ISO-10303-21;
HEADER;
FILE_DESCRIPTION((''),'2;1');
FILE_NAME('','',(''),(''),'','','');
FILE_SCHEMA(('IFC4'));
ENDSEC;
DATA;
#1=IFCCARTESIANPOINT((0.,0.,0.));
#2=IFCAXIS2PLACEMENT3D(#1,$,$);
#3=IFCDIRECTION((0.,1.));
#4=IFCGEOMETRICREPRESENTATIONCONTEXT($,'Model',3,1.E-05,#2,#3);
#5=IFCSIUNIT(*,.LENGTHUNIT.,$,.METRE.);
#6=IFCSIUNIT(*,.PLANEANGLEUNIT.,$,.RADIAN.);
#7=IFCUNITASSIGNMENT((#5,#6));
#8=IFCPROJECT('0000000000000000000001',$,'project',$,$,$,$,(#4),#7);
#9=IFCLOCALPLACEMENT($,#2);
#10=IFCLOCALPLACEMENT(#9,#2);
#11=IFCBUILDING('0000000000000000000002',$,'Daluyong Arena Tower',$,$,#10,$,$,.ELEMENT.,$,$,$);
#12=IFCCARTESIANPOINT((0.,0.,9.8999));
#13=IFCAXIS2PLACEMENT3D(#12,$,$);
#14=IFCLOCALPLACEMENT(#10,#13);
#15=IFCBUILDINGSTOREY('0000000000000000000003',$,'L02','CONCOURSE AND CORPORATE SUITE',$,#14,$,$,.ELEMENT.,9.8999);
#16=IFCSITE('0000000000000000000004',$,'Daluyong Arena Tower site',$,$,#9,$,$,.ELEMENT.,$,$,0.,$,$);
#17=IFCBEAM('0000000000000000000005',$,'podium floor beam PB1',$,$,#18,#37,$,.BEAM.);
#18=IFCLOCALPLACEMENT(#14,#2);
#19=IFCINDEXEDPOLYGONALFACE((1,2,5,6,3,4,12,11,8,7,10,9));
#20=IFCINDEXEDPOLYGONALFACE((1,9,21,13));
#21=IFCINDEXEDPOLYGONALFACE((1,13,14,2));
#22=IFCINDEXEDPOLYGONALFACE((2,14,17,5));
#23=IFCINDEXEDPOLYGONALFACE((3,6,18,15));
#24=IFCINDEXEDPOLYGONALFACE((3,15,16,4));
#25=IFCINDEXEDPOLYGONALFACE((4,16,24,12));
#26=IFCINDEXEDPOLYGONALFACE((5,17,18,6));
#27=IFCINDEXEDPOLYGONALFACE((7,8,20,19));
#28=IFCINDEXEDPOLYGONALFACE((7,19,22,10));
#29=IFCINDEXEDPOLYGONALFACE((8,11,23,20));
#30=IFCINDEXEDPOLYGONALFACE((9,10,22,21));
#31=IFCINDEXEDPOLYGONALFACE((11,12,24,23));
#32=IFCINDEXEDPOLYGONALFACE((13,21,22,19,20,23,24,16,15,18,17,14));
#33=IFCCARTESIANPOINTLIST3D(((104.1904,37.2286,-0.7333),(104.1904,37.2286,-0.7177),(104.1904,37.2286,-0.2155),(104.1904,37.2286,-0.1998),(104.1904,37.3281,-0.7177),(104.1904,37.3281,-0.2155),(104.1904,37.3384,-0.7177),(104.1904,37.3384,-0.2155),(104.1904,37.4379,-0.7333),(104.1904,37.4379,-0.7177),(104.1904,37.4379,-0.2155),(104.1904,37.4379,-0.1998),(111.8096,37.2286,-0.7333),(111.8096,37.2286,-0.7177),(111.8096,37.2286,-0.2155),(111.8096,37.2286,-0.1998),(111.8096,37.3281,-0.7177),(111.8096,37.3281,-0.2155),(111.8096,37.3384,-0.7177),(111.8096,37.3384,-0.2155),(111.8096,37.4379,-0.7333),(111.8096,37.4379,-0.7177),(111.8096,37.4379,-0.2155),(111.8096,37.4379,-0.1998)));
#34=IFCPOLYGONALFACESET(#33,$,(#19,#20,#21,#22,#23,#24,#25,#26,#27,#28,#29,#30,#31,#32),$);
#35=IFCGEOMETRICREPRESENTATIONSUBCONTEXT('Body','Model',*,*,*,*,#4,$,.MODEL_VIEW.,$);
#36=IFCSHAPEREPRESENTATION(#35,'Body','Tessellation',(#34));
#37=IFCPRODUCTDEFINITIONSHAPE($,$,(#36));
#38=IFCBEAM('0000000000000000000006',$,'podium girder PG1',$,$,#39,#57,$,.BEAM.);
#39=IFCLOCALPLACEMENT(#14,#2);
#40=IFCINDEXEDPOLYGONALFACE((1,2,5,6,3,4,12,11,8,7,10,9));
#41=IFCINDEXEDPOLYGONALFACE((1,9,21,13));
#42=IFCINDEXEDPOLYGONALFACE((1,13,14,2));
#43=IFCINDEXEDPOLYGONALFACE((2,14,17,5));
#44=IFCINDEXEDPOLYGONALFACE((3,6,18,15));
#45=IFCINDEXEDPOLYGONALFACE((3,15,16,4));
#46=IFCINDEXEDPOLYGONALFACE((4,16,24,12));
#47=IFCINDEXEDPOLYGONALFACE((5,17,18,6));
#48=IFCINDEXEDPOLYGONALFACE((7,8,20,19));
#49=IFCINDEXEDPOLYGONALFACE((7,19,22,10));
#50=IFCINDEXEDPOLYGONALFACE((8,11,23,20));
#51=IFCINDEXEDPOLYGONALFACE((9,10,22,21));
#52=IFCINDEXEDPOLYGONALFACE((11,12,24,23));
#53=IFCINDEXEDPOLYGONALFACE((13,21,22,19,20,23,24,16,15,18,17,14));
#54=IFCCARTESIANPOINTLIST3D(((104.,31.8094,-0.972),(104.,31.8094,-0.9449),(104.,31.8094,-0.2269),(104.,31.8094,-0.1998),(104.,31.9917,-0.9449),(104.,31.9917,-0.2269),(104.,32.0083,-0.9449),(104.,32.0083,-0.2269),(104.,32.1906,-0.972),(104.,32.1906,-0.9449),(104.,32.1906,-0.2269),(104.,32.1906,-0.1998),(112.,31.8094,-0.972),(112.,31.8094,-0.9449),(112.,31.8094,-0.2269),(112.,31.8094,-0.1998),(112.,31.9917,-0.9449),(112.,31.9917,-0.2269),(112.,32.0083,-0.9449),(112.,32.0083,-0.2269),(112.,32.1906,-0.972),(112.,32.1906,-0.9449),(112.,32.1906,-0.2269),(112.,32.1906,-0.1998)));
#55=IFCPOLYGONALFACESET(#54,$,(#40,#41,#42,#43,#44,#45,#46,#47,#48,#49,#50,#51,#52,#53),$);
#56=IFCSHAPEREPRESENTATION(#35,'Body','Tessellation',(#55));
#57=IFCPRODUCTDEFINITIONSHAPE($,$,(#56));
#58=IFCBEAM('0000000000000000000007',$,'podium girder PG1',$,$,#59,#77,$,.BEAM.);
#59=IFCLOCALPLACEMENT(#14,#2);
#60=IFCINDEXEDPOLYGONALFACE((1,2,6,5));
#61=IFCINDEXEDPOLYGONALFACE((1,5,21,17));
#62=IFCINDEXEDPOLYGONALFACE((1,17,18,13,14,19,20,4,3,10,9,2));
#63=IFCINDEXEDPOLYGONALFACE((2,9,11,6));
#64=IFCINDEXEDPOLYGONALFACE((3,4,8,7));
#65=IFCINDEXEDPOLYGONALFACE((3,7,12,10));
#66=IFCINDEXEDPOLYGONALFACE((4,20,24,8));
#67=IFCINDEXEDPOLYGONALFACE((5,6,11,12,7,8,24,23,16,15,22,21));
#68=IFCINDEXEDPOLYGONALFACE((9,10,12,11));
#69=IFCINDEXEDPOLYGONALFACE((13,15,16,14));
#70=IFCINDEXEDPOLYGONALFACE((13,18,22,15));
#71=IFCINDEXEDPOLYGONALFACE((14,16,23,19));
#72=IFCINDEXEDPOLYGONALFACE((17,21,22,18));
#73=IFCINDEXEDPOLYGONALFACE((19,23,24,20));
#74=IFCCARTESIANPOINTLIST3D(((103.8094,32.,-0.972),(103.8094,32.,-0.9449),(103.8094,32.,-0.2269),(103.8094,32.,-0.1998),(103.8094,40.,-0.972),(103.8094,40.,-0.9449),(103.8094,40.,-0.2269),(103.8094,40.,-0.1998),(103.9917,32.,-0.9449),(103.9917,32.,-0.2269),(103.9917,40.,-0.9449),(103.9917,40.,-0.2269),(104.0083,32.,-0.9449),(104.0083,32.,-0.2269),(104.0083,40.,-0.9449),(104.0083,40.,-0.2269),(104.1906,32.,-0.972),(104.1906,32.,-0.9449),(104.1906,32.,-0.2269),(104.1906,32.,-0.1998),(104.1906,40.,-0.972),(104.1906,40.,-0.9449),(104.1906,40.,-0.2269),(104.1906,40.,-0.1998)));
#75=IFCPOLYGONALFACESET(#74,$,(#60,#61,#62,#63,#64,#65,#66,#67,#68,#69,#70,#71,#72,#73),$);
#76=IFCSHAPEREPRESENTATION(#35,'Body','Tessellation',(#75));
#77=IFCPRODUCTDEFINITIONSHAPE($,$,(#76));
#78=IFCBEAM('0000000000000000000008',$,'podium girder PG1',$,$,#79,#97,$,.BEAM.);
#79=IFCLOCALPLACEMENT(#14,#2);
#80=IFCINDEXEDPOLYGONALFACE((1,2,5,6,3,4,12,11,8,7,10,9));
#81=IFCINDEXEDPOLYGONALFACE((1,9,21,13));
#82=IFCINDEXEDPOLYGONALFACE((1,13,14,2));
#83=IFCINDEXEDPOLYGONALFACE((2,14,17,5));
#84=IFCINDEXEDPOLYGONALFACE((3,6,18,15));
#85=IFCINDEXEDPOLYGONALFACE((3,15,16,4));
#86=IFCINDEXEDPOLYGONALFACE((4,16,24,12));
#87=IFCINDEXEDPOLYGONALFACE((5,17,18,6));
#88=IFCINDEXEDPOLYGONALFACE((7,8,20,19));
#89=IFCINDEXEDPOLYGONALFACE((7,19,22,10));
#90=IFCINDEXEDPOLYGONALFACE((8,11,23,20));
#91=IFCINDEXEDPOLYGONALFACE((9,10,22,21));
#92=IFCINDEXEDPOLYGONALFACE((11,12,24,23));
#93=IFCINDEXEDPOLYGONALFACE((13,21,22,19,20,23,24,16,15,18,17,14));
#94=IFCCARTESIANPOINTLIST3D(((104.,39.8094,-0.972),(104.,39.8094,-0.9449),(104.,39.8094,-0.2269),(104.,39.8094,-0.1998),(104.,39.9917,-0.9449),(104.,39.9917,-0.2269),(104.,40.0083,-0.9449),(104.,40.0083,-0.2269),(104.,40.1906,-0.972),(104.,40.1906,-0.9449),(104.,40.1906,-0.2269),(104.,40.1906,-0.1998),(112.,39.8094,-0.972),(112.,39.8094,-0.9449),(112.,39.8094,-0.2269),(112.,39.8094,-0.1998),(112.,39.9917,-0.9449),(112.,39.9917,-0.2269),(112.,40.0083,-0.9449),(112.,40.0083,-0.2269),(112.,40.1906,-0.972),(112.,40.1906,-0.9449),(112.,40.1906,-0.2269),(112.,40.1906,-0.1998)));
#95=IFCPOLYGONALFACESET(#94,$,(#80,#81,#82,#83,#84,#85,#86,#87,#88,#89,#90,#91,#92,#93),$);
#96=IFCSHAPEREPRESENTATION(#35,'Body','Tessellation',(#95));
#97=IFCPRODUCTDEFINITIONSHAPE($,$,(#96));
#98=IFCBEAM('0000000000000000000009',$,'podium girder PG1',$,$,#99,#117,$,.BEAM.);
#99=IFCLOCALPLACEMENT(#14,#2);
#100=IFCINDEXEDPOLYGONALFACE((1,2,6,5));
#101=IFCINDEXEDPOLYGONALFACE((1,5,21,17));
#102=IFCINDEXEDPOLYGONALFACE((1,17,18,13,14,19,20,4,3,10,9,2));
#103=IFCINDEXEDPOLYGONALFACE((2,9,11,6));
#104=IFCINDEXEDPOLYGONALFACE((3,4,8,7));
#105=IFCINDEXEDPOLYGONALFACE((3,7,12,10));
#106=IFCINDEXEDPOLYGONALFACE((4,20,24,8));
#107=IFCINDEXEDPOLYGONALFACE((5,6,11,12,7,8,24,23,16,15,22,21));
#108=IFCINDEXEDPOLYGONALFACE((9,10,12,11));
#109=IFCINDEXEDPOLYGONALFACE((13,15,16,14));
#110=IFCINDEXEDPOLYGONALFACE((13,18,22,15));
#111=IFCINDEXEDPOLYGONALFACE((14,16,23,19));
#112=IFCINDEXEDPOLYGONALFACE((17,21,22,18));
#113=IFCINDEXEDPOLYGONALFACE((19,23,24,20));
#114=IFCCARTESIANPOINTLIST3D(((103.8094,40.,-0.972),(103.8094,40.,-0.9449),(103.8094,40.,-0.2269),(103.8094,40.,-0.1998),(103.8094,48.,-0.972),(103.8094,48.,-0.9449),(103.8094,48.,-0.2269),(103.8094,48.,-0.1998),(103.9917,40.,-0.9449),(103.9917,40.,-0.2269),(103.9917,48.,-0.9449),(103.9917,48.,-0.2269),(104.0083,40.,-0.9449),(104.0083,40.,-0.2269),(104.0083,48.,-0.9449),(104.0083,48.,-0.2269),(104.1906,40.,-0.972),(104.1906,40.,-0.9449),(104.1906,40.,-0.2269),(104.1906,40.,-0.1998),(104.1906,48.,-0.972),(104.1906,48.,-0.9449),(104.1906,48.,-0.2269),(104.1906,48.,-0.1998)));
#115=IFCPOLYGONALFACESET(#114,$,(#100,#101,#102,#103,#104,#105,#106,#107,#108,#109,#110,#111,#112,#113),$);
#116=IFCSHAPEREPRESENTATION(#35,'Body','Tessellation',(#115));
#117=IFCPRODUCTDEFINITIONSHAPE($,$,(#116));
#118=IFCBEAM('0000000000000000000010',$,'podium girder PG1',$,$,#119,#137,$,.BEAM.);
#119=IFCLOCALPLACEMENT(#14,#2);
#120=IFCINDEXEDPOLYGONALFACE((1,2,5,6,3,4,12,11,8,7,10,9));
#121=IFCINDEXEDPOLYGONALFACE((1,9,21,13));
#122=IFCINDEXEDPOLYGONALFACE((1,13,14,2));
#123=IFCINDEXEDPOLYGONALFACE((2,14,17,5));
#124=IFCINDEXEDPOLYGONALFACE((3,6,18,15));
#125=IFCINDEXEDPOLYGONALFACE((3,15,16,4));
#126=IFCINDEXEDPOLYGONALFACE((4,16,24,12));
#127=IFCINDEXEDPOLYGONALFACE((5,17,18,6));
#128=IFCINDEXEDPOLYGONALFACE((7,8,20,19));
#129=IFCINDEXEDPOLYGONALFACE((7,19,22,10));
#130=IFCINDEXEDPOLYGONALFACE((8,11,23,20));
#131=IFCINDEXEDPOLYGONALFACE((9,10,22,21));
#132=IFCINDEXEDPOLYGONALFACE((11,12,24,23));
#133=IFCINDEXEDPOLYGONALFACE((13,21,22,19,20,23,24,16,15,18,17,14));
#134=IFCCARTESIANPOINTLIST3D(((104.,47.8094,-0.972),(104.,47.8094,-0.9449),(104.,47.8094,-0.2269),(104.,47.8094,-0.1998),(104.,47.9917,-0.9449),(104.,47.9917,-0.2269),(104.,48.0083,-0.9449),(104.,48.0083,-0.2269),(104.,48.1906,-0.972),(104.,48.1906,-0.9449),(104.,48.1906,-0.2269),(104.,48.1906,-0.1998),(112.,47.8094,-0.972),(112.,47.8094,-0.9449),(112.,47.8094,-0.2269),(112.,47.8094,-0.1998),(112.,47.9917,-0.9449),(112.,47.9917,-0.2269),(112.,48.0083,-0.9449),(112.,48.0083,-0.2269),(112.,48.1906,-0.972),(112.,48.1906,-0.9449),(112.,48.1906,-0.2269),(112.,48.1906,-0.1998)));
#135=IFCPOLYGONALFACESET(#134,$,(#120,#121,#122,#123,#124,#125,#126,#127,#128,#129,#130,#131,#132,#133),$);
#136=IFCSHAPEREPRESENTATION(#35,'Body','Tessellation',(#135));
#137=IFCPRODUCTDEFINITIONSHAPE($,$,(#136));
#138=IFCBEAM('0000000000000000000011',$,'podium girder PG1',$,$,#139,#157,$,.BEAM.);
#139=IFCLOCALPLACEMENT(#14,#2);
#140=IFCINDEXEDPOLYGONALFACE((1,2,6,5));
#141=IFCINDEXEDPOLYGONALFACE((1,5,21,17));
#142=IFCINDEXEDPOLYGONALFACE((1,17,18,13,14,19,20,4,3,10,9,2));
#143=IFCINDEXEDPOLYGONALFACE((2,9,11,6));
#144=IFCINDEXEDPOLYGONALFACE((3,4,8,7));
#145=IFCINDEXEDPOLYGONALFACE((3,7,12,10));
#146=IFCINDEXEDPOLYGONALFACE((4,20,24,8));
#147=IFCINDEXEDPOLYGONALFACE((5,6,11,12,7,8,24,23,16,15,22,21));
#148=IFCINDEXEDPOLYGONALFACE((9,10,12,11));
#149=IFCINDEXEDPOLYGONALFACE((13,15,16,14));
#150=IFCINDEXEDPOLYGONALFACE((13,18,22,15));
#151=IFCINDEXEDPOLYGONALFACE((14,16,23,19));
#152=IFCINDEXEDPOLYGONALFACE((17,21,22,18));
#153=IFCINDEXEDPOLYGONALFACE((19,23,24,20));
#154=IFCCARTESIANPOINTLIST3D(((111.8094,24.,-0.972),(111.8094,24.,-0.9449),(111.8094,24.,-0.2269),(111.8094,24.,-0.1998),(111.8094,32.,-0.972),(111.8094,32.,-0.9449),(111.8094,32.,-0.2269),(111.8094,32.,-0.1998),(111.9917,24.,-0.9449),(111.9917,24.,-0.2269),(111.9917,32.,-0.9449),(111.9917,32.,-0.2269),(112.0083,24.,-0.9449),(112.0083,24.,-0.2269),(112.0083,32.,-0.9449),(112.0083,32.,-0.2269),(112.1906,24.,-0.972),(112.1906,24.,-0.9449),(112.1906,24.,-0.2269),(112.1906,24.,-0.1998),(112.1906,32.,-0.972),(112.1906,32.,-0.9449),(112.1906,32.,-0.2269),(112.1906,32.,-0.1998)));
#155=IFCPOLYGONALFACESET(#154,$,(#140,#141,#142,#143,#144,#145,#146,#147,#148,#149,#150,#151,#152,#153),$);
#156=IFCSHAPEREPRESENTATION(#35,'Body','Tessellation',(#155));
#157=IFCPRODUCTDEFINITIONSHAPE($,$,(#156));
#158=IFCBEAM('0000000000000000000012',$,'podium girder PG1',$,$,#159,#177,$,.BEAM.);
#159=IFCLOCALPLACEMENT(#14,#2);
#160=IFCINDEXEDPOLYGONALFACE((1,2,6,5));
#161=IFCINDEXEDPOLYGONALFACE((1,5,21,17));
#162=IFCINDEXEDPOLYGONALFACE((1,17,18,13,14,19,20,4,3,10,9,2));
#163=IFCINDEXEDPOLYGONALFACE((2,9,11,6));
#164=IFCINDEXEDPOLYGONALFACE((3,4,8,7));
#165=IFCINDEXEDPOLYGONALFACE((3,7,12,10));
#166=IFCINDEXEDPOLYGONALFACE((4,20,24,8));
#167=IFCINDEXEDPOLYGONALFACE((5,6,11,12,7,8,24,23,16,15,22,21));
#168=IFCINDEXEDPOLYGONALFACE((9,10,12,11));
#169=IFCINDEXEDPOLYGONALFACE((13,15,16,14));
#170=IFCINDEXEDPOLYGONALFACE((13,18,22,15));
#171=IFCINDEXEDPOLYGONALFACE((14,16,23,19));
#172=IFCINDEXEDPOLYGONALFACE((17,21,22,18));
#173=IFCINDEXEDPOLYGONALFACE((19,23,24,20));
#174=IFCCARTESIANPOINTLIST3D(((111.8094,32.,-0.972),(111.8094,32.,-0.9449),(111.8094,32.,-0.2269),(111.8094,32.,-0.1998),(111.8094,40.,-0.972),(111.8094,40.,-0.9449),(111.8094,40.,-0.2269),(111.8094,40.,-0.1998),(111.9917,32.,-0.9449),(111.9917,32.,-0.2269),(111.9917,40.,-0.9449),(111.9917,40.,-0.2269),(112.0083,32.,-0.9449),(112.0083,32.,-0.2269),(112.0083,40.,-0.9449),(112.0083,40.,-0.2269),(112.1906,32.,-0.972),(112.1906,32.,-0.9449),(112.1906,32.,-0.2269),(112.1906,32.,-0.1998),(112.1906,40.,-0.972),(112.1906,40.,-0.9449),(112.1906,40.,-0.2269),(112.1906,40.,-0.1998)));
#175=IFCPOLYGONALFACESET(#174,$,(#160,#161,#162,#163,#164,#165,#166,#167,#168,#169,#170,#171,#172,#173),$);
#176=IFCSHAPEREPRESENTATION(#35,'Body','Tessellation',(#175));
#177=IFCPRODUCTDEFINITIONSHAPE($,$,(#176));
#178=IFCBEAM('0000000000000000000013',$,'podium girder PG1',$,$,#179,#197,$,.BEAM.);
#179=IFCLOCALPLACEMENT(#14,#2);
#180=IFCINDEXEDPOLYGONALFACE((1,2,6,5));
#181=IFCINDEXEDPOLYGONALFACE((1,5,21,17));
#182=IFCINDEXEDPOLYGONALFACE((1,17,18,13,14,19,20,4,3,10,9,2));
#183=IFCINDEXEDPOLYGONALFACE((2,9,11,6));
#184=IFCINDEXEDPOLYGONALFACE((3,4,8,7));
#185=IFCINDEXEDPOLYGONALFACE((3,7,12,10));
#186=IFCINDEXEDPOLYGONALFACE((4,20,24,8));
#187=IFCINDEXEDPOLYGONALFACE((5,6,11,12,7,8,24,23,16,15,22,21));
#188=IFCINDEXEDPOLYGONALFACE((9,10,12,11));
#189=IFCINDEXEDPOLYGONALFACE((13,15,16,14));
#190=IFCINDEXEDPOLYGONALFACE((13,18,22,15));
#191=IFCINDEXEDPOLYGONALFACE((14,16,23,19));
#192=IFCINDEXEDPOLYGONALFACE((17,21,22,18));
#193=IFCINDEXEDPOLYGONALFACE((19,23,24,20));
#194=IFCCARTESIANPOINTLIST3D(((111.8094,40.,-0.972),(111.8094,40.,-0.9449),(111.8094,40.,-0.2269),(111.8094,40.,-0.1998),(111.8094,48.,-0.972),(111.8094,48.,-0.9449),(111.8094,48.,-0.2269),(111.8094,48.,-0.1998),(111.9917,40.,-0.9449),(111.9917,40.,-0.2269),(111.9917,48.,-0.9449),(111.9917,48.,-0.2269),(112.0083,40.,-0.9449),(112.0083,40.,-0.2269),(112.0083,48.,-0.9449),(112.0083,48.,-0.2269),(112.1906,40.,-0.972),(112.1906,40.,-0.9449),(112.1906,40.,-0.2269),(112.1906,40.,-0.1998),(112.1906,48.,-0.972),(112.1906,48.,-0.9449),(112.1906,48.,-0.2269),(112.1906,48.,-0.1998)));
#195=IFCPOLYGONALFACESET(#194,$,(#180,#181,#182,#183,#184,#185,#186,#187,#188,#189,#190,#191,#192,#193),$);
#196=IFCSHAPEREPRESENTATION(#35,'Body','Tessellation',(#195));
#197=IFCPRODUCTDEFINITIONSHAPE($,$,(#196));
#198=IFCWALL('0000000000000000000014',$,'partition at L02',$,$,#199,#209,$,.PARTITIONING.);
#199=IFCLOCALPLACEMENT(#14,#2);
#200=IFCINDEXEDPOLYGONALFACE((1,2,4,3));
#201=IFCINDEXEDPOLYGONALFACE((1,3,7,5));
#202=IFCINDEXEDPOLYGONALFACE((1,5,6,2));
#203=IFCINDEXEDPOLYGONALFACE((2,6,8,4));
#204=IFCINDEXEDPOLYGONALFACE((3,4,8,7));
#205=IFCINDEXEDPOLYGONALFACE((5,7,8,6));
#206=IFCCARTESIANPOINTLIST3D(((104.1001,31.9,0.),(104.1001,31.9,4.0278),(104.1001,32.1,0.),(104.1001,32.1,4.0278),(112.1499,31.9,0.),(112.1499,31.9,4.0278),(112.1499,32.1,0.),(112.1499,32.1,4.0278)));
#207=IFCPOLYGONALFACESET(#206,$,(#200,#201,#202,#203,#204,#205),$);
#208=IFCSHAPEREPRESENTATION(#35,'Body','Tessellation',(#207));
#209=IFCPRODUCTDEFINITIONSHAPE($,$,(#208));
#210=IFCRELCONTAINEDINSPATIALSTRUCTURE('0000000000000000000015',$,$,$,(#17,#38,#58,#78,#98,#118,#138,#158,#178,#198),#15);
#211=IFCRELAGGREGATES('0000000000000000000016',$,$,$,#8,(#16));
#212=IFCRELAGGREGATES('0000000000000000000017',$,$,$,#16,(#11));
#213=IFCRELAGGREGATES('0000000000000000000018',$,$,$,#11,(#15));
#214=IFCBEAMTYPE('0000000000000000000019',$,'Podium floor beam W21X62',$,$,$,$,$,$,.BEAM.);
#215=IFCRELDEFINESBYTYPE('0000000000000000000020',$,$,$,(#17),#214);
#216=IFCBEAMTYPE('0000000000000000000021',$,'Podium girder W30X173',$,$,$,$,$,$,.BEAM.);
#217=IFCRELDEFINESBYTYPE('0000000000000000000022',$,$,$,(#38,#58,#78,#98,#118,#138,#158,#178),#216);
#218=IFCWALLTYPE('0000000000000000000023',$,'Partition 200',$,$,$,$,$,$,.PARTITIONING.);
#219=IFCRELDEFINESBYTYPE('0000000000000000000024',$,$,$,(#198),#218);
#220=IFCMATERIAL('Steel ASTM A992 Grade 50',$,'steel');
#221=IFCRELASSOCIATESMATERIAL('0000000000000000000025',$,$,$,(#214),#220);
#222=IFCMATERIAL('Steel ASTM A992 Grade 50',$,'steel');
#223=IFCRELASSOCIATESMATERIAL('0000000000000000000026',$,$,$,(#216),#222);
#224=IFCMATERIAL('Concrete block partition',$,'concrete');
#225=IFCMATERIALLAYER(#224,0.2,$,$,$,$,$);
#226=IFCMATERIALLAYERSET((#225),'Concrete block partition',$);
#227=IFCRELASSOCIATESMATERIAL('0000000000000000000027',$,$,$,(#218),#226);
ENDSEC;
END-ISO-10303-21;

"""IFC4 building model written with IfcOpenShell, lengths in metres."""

from ifc_helpers import new_model, si_unit, direction, frame, frame_2d, origin, origin_2d, place, context, subcontext, project, spatial, rectangle, i_section, extrude, material, layer, layer_set, material_profile, profile_set, type_object, element, save


model = new_model("IFC4")

# Units and contexts
model_context = context("Model", 3, precision=1e-05, world=origin(), true_north=direction((0.0, 1.0)))
body_context = subcontext(model_context, "Body", "Model", "MODEL_VIEW")
ifc_project = project(units=[si_unit("LENGTHUNIT", "METRE"), si_unit("PLANEANGLEUNIT", "RADIAN")], contexts=[model_context])

# Site, building, storey
site_placement = place(None, origin())
site = spatial("IfcSite", under=ifc_project, at=site_placement, Name="Daluyong Arena Tower site", CompositionType="ELEMENT", RefElevation=0.0)
building_placement = place(site_placement, origin())
building = spatial("IfcBuilding", under=site, at=building_placement, Name="Daluyong Arena Tower", CompositionType="ELEMENT")
storey_placement = place(building_placement, frame((0.0, 0.0, 9.8999)))
storey = spatial("IfcBuildingStorey", under=building, at=storey_placement, Name="L02", Description="CONCOURSE AND CORPORATE SUITE", CompositionType="ELEMENT", Elevation=9.8999)

# Beams
ifc_material_1 = material(Name="Steel ASTM A992 Grade 50", Category="steel")
ifc_material_profile_1 = material_profile(ifc_material_1, i_section(OverallWidth=0.2092, OverallDepth=0.5334, WebThickness=0.0103, FlangeThickness=0.0156, at=origin_2d()))
ifc_profile_set_1 = profile_set([ifc_material_profile_1], Name="Steel ASTM A992 Grade 50")
beam_type_1 = type_object("IfcBeamType", Name="Podium floor beam W21X62", PredefinedType="BEAM", material=ifc_profile_set_1)
for number, where, z_axis, x_axis, name in (
    (1, (104.1904, 37.3333, -0.4666), (1.0, 0.0, 0.0), (0.0, 1.0, 0.0), "podium floor beam PB1"),
):
    element("IfcBeam", number, at=place(storey_placement, frame(where, z_axis=z_axis, x_axis=x_axis)), inside=storey, type_object=beam_type_1, Name=name, PredefinedType="BEAM", context=body_context, shape_type="SweptSolid", body=[
        extrude(i_section(OverallWidth=0.2092, OverallDepth=0.5334, WebThickness=0.0103, FlangeThickness=0.0156, at=origin_2d()), origin(), (0.0, 0.0, 1.0), 7.6191),
    ])
ifc_material_2 = material(Name="Steel ASTM A992 Grade 50", Category="steel")
ifc_material_profile_2 = material_profile(ifc_material_2, i_section(OverallWidth=0.3811, OverallDepth=0.7722, WebThickness=0.0166, FlangeThickness=0.0271, at=origin_2d()))
ifc_profile_set_2 = profile_set([ifc_material_profile_2], Name="Steel ASTM A992 Grade 50")
beam_type_2 = type_object("IfcBeamType", Name="Podium girder W30X173", PredefinedType="BEAM", material=ifc_profile_set_2)
for number, where, z_axis, x_axis, name in (
    (2, (104.0, 32.0, -0.5859), (1.0, 0.0, 0.0), (0.0, 1.0, 0.0), "podium girder PG1"),
    (3, (104.0, 32.0, -0.5859), (0.0, 1.0, 0.0), (-1.0, 0.0, 0.0), "podium girder PG1"),
    (4, (104.0, 40.0, -0.5859), (1.0, 0.0, 0.0), (0.0, 1.0, 0.0), "podium girder PG1"),
    (5, (104.0, 40.0, -0.5859), (0.0, 1.0, 0.0), (-1.0, 0.0, 0.0), "podium girder PG1"),
    (6, (104.0, 48.0, -0.5859), (1.0, 0.0, 0.0), (0.0, 1.0, 0.0), "podium girder PG1"),
    (7, (112.0, 24.0, -0.5859), (0.0, 1.0, 0.0), (-1.0, 0.0, 0.0), "podium girder PG1"),
    (8, (112.0, 32.0, -0.5859), (0.0, 1.0, 0.0), (-1.0, 0.0, 0.0), "podium girder PG1"),
    (9, (112.0, 40.0, -0.5859), (0.0, 1.0, 0.0), (-1.0, 0.0, 0.0), "podium girder PG1"),
):
    element("IfcBeam", number, at=place(storey_placement, frame(where, z_axis=z_axis, x_axis=x_axis)), inside=storey, type_object=beam_type_2, Name=name, PredefinedType="BEAM", context=body_context, shape_type="SweptSolid", body=[
        extrude(i_section(OverallWidth=0.3811, OverallDepth=0.7722, WebThickness=0.0166, FlangeThickness=0.0271, at=origin_2d()), origin(), (0.0, 0.0, 1.0), 8.0),
    ])

# Wall
ifc_material_3 = material(Name="Concrete block partition", Category="concrete")
ifc_layer_1 = layer(ifc_material_3, 0.2)
ifc_layer_set_1 = layer_set([ifc_layer_1], Name="Concrete block partition")
wall_type_1 = type_object("IfcWallType", Name="Partition 200", PredefinedType="PARTITIONING", material=ifc_layer_set_1)
wall_1_placement = place(storey_placement, frame((104.1001, 32.0, 0.0), z_axis=(0.0, 0.0, 1.0), x_axis=(1.0, 0.0, 0.0)))
element("IfcWall", 10, at=wall_1_placement, inside=storey, type_object=wall_type_1, Name="partition at L02", PredefinedType="PARTITIONING", context=body_context, shape_type="SweptSolid", body=[
    extrude(rectangle(XDim=8.0498, YDim=0.2, at=frame_2d((4.0249, 0.0))), origin(), (0.0, 0.0, 1.0), 4.0278),
])

save(model, "model.ifc")
